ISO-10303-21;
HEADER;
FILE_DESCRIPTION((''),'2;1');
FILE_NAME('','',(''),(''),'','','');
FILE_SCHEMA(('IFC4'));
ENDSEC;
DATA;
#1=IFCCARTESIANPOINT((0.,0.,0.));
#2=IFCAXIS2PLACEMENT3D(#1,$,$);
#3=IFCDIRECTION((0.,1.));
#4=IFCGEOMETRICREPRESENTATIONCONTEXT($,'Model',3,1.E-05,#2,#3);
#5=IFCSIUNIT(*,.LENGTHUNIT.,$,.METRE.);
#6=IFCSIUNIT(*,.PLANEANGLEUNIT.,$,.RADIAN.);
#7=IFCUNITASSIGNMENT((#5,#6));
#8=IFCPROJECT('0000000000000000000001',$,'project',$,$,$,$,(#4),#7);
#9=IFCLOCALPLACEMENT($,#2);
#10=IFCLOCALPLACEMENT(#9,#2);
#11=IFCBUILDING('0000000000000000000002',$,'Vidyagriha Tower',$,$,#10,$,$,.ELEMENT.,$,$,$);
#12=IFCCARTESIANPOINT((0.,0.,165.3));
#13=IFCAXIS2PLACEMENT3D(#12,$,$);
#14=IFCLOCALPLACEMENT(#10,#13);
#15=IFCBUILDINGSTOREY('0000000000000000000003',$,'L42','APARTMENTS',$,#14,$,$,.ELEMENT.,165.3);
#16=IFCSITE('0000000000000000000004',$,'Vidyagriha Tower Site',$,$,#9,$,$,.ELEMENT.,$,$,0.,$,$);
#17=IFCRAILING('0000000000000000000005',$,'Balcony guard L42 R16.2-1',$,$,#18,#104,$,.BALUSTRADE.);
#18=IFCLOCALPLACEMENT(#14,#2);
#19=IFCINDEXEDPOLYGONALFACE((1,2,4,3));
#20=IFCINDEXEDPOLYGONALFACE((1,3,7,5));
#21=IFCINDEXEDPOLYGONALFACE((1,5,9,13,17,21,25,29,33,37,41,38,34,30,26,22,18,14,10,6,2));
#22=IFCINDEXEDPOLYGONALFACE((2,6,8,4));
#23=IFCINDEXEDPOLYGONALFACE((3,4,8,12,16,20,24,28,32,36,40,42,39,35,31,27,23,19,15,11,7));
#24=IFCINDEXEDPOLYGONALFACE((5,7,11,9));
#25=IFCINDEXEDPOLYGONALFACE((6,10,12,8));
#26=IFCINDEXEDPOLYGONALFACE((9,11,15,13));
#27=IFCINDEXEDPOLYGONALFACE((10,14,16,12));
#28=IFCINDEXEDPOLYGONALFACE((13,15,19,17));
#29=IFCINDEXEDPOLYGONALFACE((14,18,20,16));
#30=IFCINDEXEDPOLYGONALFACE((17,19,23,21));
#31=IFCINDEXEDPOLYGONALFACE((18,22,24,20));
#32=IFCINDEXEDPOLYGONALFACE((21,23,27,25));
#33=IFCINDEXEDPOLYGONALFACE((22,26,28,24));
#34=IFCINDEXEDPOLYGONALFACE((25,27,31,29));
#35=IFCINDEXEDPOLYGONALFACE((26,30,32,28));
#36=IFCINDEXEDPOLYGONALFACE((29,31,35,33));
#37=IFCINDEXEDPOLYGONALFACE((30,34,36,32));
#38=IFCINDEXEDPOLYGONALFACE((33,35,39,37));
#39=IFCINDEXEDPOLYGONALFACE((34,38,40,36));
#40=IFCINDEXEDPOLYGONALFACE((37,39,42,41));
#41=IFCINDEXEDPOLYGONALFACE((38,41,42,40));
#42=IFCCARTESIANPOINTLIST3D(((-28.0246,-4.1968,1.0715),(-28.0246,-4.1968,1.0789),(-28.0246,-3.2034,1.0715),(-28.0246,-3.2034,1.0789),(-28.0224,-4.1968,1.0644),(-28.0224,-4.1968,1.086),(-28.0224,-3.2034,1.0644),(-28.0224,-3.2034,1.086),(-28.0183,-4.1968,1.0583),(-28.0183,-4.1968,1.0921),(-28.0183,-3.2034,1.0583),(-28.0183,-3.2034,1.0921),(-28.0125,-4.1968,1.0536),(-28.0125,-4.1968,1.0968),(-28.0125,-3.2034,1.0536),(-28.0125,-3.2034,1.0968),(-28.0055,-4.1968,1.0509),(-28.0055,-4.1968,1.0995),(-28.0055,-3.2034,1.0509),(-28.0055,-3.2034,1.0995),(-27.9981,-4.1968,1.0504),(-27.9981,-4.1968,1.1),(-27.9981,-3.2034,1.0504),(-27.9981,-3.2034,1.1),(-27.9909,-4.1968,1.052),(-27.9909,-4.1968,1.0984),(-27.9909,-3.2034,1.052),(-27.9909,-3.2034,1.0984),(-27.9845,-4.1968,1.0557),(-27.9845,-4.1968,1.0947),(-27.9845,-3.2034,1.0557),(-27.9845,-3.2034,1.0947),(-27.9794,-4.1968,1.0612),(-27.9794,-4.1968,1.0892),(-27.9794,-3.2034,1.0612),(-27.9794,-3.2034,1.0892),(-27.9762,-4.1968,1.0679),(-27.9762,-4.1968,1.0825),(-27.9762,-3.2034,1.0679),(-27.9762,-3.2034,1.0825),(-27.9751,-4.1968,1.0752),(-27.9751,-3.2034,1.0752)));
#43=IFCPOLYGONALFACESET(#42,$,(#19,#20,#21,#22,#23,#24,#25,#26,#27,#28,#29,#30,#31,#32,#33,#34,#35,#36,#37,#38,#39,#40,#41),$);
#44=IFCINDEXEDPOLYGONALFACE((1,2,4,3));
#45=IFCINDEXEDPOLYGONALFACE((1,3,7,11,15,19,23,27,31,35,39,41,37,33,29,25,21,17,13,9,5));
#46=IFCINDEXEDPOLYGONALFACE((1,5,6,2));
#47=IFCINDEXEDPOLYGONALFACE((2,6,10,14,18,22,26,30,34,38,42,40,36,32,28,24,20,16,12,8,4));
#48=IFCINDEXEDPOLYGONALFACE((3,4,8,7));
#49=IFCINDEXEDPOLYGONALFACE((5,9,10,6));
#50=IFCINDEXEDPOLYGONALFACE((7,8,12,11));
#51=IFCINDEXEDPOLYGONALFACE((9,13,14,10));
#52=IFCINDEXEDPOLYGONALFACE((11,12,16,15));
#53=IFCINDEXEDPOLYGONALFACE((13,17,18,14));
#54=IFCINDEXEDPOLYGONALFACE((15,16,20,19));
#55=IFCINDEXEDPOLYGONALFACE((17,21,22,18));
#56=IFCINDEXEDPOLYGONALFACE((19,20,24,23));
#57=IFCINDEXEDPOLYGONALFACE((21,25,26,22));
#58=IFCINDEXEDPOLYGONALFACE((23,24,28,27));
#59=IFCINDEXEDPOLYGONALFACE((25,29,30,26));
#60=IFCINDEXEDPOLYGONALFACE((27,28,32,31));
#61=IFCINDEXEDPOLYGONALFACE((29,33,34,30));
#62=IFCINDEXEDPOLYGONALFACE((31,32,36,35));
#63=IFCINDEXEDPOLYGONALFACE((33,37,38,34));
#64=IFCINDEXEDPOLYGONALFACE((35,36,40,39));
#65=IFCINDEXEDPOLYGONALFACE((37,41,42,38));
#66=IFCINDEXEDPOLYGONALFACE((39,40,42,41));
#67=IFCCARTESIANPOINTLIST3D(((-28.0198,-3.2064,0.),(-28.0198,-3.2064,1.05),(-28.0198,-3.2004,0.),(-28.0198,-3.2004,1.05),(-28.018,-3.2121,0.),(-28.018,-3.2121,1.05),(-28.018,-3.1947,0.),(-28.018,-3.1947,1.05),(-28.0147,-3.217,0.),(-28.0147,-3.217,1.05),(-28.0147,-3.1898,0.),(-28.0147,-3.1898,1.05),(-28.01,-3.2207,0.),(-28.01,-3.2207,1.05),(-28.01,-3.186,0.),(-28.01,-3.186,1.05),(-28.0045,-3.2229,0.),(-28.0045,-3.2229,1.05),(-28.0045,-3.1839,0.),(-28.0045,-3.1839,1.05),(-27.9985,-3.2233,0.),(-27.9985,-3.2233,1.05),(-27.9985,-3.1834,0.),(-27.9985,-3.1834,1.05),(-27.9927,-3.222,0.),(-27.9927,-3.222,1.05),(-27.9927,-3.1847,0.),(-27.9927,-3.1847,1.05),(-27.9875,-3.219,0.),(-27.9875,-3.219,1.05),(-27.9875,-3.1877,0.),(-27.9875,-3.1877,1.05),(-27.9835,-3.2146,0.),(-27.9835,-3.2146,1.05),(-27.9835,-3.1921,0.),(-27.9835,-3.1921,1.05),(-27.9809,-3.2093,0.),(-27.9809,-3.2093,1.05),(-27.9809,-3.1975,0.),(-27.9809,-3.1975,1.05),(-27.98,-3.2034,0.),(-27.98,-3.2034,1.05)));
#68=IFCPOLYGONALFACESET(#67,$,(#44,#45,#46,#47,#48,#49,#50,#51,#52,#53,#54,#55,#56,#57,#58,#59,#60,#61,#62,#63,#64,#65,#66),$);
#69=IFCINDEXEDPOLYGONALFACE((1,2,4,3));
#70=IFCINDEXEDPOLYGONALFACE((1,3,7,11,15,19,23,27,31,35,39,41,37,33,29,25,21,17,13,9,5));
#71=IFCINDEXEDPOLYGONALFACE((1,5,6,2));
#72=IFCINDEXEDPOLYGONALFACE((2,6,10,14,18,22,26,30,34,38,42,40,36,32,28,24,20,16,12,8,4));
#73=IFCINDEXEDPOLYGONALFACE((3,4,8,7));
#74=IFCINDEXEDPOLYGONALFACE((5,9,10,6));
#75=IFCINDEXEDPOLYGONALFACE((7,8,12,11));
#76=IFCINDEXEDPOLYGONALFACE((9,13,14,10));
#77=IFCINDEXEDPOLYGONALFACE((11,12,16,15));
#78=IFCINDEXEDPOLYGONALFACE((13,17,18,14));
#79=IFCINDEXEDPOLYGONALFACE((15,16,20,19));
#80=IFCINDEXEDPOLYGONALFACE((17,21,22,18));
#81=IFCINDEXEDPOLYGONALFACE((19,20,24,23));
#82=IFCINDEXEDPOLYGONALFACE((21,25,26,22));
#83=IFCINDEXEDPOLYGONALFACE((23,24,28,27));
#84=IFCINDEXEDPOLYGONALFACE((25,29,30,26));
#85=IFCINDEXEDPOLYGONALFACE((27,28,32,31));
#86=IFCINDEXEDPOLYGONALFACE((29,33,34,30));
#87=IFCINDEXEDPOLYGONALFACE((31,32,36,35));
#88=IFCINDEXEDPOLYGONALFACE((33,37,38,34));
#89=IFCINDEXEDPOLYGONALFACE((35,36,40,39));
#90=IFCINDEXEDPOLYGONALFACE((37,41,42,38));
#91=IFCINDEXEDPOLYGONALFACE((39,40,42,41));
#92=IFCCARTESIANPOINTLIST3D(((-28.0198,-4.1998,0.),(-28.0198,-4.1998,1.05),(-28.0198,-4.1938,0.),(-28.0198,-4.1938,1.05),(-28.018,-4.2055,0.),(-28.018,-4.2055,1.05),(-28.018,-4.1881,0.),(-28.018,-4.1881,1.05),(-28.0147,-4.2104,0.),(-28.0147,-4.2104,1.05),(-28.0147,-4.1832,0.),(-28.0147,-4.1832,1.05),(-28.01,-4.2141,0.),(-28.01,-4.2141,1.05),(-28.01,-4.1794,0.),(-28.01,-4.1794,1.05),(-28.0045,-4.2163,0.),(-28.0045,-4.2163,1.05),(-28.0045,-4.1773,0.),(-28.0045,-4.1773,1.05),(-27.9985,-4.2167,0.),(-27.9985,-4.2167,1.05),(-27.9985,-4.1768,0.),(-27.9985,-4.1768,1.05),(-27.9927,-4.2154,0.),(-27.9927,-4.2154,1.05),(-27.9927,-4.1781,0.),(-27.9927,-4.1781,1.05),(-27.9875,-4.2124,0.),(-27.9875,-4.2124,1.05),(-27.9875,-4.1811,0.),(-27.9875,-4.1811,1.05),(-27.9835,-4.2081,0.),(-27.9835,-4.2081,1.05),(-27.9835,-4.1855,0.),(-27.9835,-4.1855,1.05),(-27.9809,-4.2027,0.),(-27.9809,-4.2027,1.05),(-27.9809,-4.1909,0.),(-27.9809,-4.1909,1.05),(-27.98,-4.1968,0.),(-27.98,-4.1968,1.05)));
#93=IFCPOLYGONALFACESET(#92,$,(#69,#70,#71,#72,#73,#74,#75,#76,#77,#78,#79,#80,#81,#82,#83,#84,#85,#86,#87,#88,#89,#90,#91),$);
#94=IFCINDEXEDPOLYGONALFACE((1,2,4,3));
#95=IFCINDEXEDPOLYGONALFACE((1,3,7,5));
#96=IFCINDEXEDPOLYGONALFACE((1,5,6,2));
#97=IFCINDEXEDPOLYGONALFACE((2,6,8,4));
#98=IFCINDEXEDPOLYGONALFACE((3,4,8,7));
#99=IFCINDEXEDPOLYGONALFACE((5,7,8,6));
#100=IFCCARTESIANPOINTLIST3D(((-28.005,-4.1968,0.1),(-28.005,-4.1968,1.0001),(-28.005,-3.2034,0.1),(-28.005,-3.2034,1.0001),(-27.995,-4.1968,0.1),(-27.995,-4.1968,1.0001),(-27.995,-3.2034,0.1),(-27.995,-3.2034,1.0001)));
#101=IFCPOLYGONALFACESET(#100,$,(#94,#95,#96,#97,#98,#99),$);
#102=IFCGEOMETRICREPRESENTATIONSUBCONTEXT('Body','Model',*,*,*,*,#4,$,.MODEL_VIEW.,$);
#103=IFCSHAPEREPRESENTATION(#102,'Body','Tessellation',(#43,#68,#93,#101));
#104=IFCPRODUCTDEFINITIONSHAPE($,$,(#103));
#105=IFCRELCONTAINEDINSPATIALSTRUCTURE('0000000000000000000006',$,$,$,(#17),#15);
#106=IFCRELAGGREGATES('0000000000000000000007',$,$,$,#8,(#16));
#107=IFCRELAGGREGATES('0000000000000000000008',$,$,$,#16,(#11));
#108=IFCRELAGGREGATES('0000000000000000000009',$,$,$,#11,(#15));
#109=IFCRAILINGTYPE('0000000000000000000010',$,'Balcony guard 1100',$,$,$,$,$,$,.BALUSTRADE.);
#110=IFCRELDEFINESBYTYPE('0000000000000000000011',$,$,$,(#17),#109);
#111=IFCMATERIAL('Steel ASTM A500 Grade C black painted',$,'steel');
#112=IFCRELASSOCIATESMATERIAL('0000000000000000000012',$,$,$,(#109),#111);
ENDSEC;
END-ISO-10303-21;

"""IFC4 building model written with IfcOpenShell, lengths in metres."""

from ifc_helpers import new_model, si_unit, direction, frame, origin, origin_2d, place, context, subcontext, project, spatial, rectangle, circle, extrude, material, type_object, element, save


model = new_model("IFC4")

# Units and contexts
model_context = context("Model", 3, precision=1e-05, world=origin(), true_north=direction((0.0, 1.0)))
body_context = subcontext(model_context, "Body", "Model", "MODEL_VIEW")
ifc_project = project(units=[si_unit("LENGTHUNIT", "METRE"), si_unit("PLANEANGLEUNIT", "RADIAN")], contexts=[model_context])

# Site, building, storey
site_placement = place(None, origin())
site = spatial("IfcSite", under=ifc_project, at=site_placement, Name="Vidyagriha Tower Site", CompositionType="ELEMENT", RefElevation=0.0)
building_placement = place(site_placement, origin())
building = spatial("IfcBuilding", under=site, at=building_placement, Name="Vidyagriha Tower", CompositionType="ELEMENT")
storey_placement = place(building_placement, frame((0.0, 0.0, 165.3)))
storey = spatial("IfcBuildingStorey", under=building, at=storey_placement, Name="L42", Description="APARTMENTS", CompositionType="ELEMENT", Elevation=165.3)

# Railing
ifc_material_1 = material(Name="Steel ASTM A500 Grade C black painted", Category="steel")
railing_type_1 = type_object("IfcRailingType", Name="Balcony guard 1100", PredefinedType="BALUSTRADE", material=ifc_material_1)
railing_1_placement = place(storey_placement, frame((-28.0, -3.2034, 0.0)))
element("IfcRailing", 1, at=railing_1_placement, inside=storey, type_object=railing_type_1, Name="Balcony guard L42 R16.2-1", PredefinedType="BALUSTRADE", context=body_context, shape_type="SweptSolid", body=[
    extrude(circle(Radius=0.0249, at=origin_2d()), frame((0.0, 0.0, 1.0752), z_axis=(0.0, -1.0, 0.0), x_axis=(1.0, 0.0, 0.0)), (0.0, 0.0, 1.0), 0.9934),
    extrude(circle(Radius=0.02, at=origin_2d()), origin(), (0.0, 0.0, 1.0), 1.05),
    extrude(circle(Radius=0.02, at=origin_2d()), frame((0.0, -0.9934, 0.0)), (0.0, 0.0, 1.0), 1.05),
    extrude(rectangle(XDim=0.01, YDim=0.9001, at=origin_2d()), frame((0.0, 0.0, 0.55), z_axis=(0.0, -1.0, 0.0), x_axis=(1.0, 0.0, 0.0)), (0.0, 0.0, 1.0), 0.9934),
])

save(model, "model.ifc")
